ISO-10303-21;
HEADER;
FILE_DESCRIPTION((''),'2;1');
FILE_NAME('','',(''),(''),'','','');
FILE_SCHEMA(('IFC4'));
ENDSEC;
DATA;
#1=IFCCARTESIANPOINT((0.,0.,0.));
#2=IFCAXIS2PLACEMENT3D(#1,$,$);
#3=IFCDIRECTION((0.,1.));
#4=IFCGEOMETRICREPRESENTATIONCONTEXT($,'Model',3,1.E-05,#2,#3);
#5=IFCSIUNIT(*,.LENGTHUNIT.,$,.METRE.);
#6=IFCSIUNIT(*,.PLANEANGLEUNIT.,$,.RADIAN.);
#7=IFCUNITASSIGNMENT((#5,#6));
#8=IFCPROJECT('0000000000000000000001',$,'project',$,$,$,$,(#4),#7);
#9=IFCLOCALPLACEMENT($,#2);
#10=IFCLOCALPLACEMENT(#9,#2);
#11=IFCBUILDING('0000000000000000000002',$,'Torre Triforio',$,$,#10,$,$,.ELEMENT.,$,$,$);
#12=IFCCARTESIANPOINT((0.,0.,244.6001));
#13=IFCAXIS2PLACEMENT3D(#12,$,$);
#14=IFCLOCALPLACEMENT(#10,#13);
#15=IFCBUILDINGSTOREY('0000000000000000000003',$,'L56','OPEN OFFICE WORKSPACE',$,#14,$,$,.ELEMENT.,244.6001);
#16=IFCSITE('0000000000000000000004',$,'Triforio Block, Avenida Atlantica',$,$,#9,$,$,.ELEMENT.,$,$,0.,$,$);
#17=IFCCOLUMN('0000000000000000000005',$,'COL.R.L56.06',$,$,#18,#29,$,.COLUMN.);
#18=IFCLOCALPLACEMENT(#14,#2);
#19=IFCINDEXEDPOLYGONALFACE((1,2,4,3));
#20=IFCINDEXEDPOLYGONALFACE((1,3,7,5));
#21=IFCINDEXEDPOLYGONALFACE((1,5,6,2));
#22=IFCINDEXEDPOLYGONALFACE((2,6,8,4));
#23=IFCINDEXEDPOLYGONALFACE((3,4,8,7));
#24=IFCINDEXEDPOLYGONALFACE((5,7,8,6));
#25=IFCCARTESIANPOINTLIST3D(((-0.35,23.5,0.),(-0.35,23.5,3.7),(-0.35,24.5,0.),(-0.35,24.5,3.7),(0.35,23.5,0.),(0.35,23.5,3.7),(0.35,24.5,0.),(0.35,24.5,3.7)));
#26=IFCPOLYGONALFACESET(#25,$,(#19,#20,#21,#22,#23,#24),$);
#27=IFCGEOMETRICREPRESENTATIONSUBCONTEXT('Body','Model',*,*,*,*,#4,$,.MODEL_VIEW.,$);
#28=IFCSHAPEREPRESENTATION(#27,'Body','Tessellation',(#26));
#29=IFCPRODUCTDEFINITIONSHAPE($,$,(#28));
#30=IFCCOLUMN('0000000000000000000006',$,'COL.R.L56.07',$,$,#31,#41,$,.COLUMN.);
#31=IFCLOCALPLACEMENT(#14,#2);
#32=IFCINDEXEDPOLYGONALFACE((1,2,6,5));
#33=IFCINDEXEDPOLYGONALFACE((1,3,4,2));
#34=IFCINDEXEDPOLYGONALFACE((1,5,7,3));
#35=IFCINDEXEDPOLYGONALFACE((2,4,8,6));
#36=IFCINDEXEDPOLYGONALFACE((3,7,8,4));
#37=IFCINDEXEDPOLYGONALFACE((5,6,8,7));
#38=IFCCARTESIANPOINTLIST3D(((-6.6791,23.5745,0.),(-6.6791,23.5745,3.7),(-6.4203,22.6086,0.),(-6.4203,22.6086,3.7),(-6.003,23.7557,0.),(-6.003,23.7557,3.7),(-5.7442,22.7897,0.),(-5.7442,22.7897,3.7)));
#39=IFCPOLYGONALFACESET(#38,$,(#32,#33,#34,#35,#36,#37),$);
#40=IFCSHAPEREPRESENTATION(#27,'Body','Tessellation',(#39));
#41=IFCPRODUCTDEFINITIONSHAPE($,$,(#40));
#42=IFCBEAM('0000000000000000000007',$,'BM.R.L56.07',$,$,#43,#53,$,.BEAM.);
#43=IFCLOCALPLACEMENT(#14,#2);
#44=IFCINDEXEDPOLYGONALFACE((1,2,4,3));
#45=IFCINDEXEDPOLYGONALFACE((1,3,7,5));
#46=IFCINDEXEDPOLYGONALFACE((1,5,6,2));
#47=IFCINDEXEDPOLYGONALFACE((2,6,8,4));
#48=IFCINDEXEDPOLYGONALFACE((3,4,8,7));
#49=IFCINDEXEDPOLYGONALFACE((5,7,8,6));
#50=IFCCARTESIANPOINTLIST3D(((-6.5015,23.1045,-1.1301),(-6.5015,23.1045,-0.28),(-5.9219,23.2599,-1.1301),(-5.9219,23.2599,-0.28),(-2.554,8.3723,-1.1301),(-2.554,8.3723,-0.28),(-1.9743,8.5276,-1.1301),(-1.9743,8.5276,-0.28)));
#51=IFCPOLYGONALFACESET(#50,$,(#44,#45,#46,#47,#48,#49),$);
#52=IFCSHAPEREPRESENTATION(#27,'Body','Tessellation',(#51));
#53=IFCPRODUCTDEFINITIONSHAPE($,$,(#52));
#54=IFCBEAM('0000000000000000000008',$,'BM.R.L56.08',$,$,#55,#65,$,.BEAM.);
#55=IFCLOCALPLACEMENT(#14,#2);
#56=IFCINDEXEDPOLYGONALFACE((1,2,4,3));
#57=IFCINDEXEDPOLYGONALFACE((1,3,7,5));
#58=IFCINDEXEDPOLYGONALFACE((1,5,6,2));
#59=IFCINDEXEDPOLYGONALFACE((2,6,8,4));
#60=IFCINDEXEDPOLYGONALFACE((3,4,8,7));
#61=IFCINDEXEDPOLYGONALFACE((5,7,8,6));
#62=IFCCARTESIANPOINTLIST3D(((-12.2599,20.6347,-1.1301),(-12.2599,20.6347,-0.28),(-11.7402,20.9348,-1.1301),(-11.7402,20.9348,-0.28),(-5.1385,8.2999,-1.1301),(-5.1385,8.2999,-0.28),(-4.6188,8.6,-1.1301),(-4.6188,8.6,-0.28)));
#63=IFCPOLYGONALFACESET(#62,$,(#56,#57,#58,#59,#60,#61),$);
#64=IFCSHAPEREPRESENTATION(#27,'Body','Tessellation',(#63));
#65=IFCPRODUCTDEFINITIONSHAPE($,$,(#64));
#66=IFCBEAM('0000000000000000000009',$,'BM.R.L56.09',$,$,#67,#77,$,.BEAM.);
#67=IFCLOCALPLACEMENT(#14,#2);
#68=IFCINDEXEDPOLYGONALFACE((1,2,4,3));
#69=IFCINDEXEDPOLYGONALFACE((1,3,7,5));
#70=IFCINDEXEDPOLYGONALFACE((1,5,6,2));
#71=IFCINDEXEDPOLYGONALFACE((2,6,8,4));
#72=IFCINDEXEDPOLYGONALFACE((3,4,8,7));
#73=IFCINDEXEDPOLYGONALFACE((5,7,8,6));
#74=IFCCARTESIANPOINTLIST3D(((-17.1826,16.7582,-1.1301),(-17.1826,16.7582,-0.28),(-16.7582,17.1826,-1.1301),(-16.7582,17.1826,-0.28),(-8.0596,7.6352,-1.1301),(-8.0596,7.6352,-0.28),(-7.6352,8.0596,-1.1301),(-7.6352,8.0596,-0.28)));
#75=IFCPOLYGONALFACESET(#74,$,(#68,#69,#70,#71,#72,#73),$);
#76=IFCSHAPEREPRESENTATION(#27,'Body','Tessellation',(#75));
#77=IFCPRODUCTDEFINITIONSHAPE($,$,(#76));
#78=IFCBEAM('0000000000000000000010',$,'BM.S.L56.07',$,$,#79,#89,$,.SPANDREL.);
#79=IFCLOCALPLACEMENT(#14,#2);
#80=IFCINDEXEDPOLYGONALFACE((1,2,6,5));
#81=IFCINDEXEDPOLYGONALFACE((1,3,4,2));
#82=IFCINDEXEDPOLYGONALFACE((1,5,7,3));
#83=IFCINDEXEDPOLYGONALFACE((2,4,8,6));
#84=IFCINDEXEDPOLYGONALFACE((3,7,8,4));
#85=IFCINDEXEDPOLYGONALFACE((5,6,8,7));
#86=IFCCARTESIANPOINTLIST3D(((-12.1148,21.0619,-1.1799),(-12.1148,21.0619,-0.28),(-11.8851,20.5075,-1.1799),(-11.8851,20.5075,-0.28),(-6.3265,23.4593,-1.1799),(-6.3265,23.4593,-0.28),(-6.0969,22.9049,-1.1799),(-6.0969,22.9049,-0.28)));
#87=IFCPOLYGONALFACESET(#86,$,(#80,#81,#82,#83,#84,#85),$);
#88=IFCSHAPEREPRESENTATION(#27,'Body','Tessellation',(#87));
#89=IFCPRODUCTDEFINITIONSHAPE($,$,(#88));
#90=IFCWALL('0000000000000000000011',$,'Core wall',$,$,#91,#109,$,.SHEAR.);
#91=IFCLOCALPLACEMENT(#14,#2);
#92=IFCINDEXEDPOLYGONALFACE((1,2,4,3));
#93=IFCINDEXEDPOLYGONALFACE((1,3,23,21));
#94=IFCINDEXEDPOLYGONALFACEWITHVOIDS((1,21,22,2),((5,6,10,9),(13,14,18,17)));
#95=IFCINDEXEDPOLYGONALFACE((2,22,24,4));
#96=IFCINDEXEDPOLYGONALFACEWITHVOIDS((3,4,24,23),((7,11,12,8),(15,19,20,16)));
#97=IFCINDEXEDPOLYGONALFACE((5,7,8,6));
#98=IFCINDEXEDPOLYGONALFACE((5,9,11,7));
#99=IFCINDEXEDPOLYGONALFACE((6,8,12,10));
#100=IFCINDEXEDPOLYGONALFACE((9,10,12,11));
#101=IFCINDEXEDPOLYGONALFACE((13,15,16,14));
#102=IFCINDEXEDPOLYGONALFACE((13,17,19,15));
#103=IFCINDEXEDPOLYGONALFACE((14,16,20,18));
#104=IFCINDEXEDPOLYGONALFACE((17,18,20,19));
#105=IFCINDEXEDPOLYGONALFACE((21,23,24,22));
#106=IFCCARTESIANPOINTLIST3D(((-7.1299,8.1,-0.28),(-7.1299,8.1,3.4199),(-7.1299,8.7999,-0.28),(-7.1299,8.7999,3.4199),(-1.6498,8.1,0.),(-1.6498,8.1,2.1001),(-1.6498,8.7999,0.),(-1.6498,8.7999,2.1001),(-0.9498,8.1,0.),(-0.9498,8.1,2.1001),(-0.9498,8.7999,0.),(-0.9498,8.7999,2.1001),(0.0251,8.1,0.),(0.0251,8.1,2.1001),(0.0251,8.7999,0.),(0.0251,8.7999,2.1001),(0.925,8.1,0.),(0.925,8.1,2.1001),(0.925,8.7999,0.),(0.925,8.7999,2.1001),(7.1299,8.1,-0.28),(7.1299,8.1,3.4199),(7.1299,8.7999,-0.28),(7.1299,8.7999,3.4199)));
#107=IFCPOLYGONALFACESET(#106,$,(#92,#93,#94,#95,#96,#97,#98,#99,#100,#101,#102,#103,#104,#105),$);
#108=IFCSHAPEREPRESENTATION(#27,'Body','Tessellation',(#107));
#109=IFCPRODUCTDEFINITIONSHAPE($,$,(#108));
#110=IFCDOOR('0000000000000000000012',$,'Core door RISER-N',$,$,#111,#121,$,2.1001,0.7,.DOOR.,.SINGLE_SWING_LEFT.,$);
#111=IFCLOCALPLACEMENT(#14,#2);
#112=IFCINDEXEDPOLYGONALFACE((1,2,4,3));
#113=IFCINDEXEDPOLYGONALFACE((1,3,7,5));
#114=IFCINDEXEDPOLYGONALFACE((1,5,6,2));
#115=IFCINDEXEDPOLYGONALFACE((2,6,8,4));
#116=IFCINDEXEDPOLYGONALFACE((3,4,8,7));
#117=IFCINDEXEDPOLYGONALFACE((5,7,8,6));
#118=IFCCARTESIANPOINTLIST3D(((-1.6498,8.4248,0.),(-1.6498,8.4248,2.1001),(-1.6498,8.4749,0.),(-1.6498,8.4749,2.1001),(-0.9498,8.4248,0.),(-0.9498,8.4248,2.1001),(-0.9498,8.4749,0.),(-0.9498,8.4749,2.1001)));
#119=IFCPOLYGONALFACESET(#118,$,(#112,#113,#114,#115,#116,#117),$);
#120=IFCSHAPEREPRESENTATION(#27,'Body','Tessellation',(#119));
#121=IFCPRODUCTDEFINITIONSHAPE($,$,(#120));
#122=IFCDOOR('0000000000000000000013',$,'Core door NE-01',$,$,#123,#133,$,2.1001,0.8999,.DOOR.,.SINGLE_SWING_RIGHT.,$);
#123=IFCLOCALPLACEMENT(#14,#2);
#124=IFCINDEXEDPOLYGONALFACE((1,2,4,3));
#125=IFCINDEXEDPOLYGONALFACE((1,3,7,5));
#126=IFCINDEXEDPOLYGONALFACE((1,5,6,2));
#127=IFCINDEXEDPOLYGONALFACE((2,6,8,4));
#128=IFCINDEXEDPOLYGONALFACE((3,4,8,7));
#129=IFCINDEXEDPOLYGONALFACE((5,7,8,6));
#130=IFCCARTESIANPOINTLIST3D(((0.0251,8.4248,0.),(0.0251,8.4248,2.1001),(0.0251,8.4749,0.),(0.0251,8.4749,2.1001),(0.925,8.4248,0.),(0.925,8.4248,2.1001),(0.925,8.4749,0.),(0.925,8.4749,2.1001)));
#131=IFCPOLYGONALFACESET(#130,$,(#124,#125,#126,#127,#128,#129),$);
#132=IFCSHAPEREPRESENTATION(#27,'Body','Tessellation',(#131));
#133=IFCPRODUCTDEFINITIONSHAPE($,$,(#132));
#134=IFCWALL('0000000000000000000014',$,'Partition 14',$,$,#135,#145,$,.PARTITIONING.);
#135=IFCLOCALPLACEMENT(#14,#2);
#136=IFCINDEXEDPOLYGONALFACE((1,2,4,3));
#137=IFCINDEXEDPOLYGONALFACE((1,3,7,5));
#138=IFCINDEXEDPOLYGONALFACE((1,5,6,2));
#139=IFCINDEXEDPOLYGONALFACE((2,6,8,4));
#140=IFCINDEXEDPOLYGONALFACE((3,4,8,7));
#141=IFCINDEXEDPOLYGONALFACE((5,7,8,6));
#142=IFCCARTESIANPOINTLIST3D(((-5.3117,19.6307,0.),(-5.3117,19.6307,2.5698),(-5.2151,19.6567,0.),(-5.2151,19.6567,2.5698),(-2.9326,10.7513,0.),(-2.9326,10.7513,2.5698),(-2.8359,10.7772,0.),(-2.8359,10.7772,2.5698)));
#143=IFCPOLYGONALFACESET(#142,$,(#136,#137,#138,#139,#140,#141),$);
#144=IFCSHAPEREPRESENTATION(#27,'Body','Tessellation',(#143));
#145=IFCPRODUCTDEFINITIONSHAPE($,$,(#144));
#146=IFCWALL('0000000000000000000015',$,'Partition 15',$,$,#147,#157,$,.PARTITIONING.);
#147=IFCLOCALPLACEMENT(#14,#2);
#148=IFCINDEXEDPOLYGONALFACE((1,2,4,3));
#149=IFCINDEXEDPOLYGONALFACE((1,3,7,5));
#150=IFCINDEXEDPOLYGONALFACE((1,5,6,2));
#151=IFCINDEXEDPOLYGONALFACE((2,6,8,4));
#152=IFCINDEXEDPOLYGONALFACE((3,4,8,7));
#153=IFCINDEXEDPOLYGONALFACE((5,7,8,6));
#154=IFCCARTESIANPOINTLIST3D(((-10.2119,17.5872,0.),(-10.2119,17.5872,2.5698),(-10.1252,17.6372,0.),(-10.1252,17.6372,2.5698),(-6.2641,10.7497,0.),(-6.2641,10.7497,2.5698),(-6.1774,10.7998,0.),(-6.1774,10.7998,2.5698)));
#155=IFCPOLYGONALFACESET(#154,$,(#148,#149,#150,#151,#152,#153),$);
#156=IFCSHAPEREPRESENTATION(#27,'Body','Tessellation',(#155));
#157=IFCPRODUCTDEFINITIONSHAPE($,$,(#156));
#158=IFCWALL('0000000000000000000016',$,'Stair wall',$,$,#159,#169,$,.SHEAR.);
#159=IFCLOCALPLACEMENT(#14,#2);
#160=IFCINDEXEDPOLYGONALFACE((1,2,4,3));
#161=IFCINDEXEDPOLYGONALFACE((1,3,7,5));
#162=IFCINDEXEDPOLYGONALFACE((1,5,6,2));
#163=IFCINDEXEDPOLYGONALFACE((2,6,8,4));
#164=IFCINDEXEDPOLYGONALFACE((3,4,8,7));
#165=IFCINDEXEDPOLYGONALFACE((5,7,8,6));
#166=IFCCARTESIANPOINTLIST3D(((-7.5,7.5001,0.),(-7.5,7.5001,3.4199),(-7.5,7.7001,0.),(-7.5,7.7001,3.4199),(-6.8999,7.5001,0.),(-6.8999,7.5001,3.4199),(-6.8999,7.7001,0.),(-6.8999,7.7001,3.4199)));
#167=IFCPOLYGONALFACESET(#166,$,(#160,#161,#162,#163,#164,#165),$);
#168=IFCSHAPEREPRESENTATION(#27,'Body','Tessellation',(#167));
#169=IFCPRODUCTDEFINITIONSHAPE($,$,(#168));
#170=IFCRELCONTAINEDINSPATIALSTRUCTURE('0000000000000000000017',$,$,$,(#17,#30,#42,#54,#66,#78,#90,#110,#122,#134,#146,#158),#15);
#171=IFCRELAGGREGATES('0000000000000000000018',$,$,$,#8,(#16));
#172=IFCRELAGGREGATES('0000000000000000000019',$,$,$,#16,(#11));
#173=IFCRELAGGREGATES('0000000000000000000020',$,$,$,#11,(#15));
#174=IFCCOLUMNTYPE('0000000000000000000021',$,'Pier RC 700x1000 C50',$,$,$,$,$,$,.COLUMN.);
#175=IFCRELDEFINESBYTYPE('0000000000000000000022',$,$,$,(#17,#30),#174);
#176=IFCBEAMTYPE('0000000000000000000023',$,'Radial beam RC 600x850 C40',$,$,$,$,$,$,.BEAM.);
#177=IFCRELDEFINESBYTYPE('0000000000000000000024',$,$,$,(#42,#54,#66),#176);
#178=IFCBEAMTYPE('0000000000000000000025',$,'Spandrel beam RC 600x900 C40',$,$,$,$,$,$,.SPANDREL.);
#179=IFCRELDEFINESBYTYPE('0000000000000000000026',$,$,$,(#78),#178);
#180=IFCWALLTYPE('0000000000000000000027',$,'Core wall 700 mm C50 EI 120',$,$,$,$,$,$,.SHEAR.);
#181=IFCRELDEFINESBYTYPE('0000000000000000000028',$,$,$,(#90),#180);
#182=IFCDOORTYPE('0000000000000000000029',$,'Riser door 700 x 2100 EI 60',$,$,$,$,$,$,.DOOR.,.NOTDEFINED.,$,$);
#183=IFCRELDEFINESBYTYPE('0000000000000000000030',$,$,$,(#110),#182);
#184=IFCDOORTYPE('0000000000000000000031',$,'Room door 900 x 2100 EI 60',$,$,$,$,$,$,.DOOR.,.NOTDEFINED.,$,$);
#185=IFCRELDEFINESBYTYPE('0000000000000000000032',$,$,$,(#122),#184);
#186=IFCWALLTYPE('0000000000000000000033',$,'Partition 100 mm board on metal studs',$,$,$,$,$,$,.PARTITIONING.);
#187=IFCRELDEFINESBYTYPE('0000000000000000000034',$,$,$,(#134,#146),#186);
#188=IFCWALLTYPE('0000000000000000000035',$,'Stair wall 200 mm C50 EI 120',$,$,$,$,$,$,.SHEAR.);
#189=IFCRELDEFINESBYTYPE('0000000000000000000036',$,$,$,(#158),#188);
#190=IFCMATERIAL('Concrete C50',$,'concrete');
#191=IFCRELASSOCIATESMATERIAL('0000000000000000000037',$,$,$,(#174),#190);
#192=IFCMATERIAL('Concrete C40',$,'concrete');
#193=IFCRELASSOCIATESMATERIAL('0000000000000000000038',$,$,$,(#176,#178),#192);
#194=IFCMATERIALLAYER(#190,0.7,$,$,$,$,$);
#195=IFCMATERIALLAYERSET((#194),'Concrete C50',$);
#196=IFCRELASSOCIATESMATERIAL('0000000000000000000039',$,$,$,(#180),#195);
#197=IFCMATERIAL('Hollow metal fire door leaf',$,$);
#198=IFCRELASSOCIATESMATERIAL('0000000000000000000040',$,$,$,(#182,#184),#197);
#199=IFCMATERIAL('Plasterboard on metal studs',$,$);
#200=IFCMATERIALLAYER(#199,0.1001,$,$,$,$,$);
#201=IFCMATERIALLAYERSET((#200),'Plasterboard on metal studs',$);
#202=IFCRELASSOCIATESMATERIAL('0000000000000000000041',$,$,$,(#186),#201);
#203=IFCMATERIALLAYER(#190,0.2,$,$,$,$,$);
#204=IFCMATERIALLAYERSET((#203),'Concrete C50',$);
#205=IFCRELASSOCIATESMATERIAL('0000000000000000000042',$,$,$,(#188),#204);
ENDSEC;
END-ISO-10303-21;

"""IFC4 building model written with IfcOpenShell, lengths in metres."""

from ifc_helpers import new_model, si_unit, direction, frame, frame_2d, origin, origin_2d, place, context, subcontext, project, spatial, rectangle, extrude, material, layer, layer_set, material_profile, profile_set, type_object, element, fill, save


model = new_model("IFC4")

# Units and contexts
model_context = context("Model", 3, precision=1e-05, world=origin(), true_north=direction((0.0, 1.0)))
body_context = subcontext(model_context, "Body", "Model", "MODEL_VIEW")
ifc_project = project(units=[si_unit("LENGTHUNIT", "METRE"), si_unit("PLANEANGLEUNIT", "RADIAN")], contexts=[model_context])

# Site, building, storey
site_placement = place(None, origin())
site = spatial("IfcSite", under=ifc_project, at=site_placement, Name="Triforio Block, Avenida Atlantica", CompositionType="ELEMENT", RefElevation=0.0)
building_placement = place(site_placement, origin())
building = spatial("IfcBuilding", under=site, at=building_placement, Name="Torre Triforio", CompositionType="ELEMENT")
storey_placement = place(building_placement, frame((0.0, 0.0, 244.6001)))
storey = spatial("IfcBuildingStorey", under=building, at=storey_placement, Name="L56", Description="OPEN OFFICE WORKSPACE", CompositionType="ELEMENT", Elevation=244.6001)

# Columns
ifc_material_1 = material(Name="Concrete C50", Category="concrete")
ifc_material_profile_1 = material_profile(ifc_material_1, rectangle(XDim=0.7, YDim=1.0, at=origin_2d()), Name="RC 700x1000")
ifc_profile_set_1 = profile_set([ifc_material_profile_1], Name="Concrete C50")
column_type = type_object("IfcColumnType", Name="Pier RC 700x1000 C50", PredefinedType="COLUMN", material=ifc_profile_set_1)
for number, where, z_axis, x_axis, name in (
    (1, (0.0, 24.0, 0.0), (0.0, 0.0, 1.0), (-1.0, 0.0, 0.0), "COL.R.L56.06"),
    (2, (-6.2117, 23.1821, 0.0), (0.0, 0.0, 1.0), (-0.965926, -0.258819, 0.0), "COL.R.L56.07"),
):
    element("IfcColumn", number, at=place(storey_placement, frame(where, z_axis=z_axis, x_axis=x_axis)), inside=storey, type_object=column_type, Name=name, PredefinedType="COLUMN", context=body_context, shape_type="SweptSolid", body=[
        extrude(rectangle(XDim=0.7, YDim=1.0, at=origin_2d()), origin(), (0.0, 0.0, 1.0), 3.7),
    ])

# Beams
ifc_material_2 = material(Name="Concrete C40", Category="concrete")
ifc_material_profile_2 = material_profile(ifc_material_2, rectangle(XDim=0.6001, YDim=0.8501, at=origin_2d()), Name="RC 600x850")
ifc_profile_set_2 = profile_set([ifc_material_profile_2], Name="Concrete C40")
beam_type_1 = type_object("IfcBeamType", Name="Radial beam RC 600x850 C40", PredefinedType="BEAM", material=ifc_profile_set_2)
beam_1_placement = place(storey_placement, frame((-2.2642, 8.45, -0.7051), z_axis=(-0.258821, 0.965925, 0.0), x_axis=(-0.965925, -0.258821, 0.0)))
element("IfcBeam", 3, at=beam_1_placement, inside=storey, type_object=beam_type_1, Name="BM.R.L56.07", PredefinedType="BEAM", context=body_context, shape_type="SweptSolid", body=[
    extrude(rectangle(XDim=0.6001, YDim=0.8501, at=origin_2d()), origin(), (0.0, 0.0, 1.0), 15.252),
])
beam_2_placement = place(storey_placement, frame((-4.8787, 8.45, -0.7051), z_axis=(-0.499994, 0.866029, 0.0), x_axis=(-0.866029, -0.499994, 0.0)))
element("IfcBeam", 4, at=beam_2_placement, inside=storey, type_object=beam_type_1, Name="BM.R.L56.08", PredefinedType="BEAM", context=body_context, shape_type="SweptSolid", body=[
    extrude(rectangle(XDim=0.6001, YDim=0.8501, at=origin_2d()), origin(), (0.0, 0.0, 1.0), 14.2429),
])
beam_3_placement = place(storey_placement, frame((-7.8474, 7.8474, -0.7051), z_axis=(-0.707107, 0.707107, 0.0), x_axis=(-0.707107, -0.707107, 0.0)))
element("IfcBeam", 5, at=beam_3_placement, inside=storey, type_object=beam_type_1, Name="BM.R.L56.09", PredefinedType="BEAM", context=body_context, shape_type="SweptSolid", body=[
    extrude(rectangle(XDim=0.6001, YDim=0.8501, at=origin_2d()), origin(), (0.0, 0.0, 1.0), 12.9019),
])
ifc_material_profile_3 = material_profile(ifc_material_2, rectangle(XDim=0.6001, YDim=0.8999, at=origin_2d()), Name="RC 600x900")
ifc_profile_set_3 = profile_set([ifc_material_profile_3], Name="Concrete C40")
beam_type_2 = type_object("IfcBeamType", Name="Spandrel beam RC 600x900 C40", PredefinedType="SPANDREL", material=ifc_profile_set_3)
beam_4_placement = place(storey_placement, frame((-6.2117, 23.1821, -0.73), z_axis=(-0.923888, -0.382664, 0.0), x_axis=(0.382664, -0.923888, 0.0)))
element("IfcBeam", 6, at=beam_4_placement, inside=storey, type_object=beam_type_2, Name="BM.S.L56.07", PredefinedType="SPANDREL", context=body_context, shape_type="SweptSolid", body=[
    extrude(rectangle(XDim=0.6001, YDim=0.8999, at=origin_2d()), origin(), (0.0, 0.0, 1.0), 6.2651),
])

# Wall, openings, doors
ifc_layer_1 = layer(ifc_material_1, 0.7)
ifc_layer_set_1 = layer_set([ifc_layer_1], Name="Concrete C50")
wall_type_1 = type_object("IfcWallType", Name="Core wall 700 mm C50 EI 120", PredefinedType="SHEAR", material=ifc_layer_set_1)
wall_1_placement = place(storey_placement, frame((-7.1299, 8.45, -0.28), z_axis=(0.0, 0.0, 1.0), x_axis=(1.0, 0.0, 0.0)))
wall_1 = element("IfcWall", 7, at=wall_1_placement, inside=storey, type_object=wall_type_1, Name="Core wall", PredefinedType="SHEAR", context=body_context, shape_type="SweptSolid", body=[
    extrude(rectangle(XDim=14.2598, YDim=0.7, at=frame_2d((7.1299, 0.0))), origin(), (0.0, 0.0, 1.0), 3.7),
])
opening_1_placement = place(wall_1_placement, frame((5.48, 0.0, 0.28)))
opening_1 = element("IfcOpeningElement", 8, at=opening_1_placement, cuts=wall_1, PredefinedType="OPENING", context=body_context, shape_type="SweptSolid", body=[
    extrude(rectangle(XDim=0.7, YDim=2.1001, at=frame_2d((0.3501, 1.05))), frame((0.0, 0.3599, 0.0), z_axis=(0.0, -1.0, 0.0), x_axis=(1.0, 0.0, 0.0)), (0.0, 0.0, 1.0), 0.72),
])
opening_2_placement = place(wall_1_placement, frame((7.155, 0.0, 0.28)))
opening_2 = element("IfcOpeningElement", 9, at=opening_2_placement, cuts=wall_1, PredefinedType="OPENING", context=body_context, shape_type="SweptSolid", body=[
    extrude(rectangle(XDim=0.8999, YDim=2.1001, at=frame_2d((0.45, 1.05))), frame((0.0, 0.3599, 0.0), z_axis=(0.0, -1.0, 0.0), x_axis=(1.0, 0.0, 0.0)), (0.0, 0.0, 1.0), 0.72),
])
ifc_material_3 = material(Name="Hollow metal fire door leaf")
door_type_1 = type_object("IfcDoorType", Name="Riser door 700 x 2100 EI 60", OperationType="NOTDEFINED", PredefinedType="DOOR", material=ifc_material_3)
door_1_placement = place(opening_1_placement, origin())
door_1 = element("IfcDoor", 10, at=door_1_placement, inside=storey, type_object=door_type_1, Name="Core door RISER-N", OperationType="SINGLE_SWING_LEFT", OverallHeight=2.1001, OverallWidth=0.7, PredefinedType="DOOR", context=body_context, shape_type="SweptSolid", body=[
    extrude(rectangle(XDim=0.7, YDim=2.1001, at=frame_2d((0.3501, 1.05))), frame((0.0, 0.0249, 0.0), z_axis=(0.0, -1.0, 0.0), x_axis=(1.0, 0.0, 0.0)), (0.0, 0.0, 1.0), 0.05),
])
fill(opening_1, door_1)
door_type_2 = type_object("IfcDoorType", Name="Room door 900 x 2100 EI 60", OperationType="NOTDEFINED", PredefinedType="DOOR", material=ifc_material_3)
door_2_placement = place(opening_2_placement, origin())
door_2 = element("IfcDoor", 11, at=door_2_placement, inside=storey, type_object=door_type_2, Name="Core door NE-01", OperationType="SINGLE_SWING_RIGHT", OverallHeight=2.1001, OverallWidth=0.8999, PredefinedType="DOOR", context=body_context, shape_type="SweptSolid", body=[
    extrude(rectangle(XDim=0.8999, YDim=2.1001, at=frame_2d((0.45, 1.05))), frame((0.0, 0.0249, 0.0), z_axis=(0.0, -1.0, 0.0), x_axis=(1.0, 0.0, 0.0)), (0.0, 0.0, 1.0), 0.05),
])
fill(opening_2, door_2)

# Walls
ifc_material_4 = material(Name="Plasterboard on metal studs")
ifc_layer_2 = layer(ifc_material_4, 0.1001)
ifc_layer_set_2 = layer_set([ifc_layer_2], Name="Plasterboard on metal studs")
wall_type_2 = type_object("IfcWallType", Name="Partition 100 mm board on metal studs", PredefinedType="PARTITIONING", material=ifc_layer_set_2)
wall_2_placement = place(storey_placement, frame((-2.8843, 10.7644, 0.0), z_axis=(0.0, 0.0, 1.0), x_axis=(-0.258811, 0.965928, 0.0)))
element("IfcWall", 12, at=wall_2_placement, inside=storey, type_object=wall_type_2, Name="Partition 14", PredefinedType="PARTITIONING", context=body_context, shape_type="SweptSolid", body=[
    extrude(rectangle(XDim=9.1926, YDim=0.1001, at=frame_2d((4.5962, 0.0))), origin(), (0.0, 0.0, 1.0), 2.5698),
])
wall_3_placement = place(storey_placement, frame((-6.2207, 10.7747, 0.0), z_axis=(0.0, 0.0, 1.0), x_axis=(-0.500017, 0.866016, 0.0)))
element("IfcWall", 13, at=wall_3_placement, inside=storey, type_object=wall_type_2, Name="Partition 15", PredefinedType="PARTITIONING", context=body_context, shape_type="SweptSolid", body=[
    extrude(rectangle(XDim=7.8953, YDim=0.1001, at=frame_2d((3.9478, 0.0))), origin(), (0.0, 0.0, 1.0), 2.5698),
])
ifc_layer_3 = layer(ifc_material_1, 0.2)
ifc_layer_set_3 = layer_set([ifc_layer_3], Name="Concrete C50")
wall_type_3 = type_object("IfcWallType", Name="Stair wall 200 mm C50 EI 120", PredefinedType="SHEAR", material=ifc_layer_set_3)
wall_4_placement = place(storey_placement, frame((-7.5, 7.6001, 0.0), z_axis=(0.0, 0.0, 1.0), x_axis=(1.0, 0.0, 0.0)))
element("IfcWall", 14, at=wall_4_placement, inside=storey, type_object=wall_type_3, Name="Stair wall", PredefinedType="SHEAR", context=body_context, shape_type="SweptSolid", body=[
    extrude(rectangle(XDim=0.6001, YDim=0.2, at=frame_2d((0.3, 0.0))), origin(), (0.0, 0.0, 1.0), 3.4199),
])

save(model, "model.ifc")
